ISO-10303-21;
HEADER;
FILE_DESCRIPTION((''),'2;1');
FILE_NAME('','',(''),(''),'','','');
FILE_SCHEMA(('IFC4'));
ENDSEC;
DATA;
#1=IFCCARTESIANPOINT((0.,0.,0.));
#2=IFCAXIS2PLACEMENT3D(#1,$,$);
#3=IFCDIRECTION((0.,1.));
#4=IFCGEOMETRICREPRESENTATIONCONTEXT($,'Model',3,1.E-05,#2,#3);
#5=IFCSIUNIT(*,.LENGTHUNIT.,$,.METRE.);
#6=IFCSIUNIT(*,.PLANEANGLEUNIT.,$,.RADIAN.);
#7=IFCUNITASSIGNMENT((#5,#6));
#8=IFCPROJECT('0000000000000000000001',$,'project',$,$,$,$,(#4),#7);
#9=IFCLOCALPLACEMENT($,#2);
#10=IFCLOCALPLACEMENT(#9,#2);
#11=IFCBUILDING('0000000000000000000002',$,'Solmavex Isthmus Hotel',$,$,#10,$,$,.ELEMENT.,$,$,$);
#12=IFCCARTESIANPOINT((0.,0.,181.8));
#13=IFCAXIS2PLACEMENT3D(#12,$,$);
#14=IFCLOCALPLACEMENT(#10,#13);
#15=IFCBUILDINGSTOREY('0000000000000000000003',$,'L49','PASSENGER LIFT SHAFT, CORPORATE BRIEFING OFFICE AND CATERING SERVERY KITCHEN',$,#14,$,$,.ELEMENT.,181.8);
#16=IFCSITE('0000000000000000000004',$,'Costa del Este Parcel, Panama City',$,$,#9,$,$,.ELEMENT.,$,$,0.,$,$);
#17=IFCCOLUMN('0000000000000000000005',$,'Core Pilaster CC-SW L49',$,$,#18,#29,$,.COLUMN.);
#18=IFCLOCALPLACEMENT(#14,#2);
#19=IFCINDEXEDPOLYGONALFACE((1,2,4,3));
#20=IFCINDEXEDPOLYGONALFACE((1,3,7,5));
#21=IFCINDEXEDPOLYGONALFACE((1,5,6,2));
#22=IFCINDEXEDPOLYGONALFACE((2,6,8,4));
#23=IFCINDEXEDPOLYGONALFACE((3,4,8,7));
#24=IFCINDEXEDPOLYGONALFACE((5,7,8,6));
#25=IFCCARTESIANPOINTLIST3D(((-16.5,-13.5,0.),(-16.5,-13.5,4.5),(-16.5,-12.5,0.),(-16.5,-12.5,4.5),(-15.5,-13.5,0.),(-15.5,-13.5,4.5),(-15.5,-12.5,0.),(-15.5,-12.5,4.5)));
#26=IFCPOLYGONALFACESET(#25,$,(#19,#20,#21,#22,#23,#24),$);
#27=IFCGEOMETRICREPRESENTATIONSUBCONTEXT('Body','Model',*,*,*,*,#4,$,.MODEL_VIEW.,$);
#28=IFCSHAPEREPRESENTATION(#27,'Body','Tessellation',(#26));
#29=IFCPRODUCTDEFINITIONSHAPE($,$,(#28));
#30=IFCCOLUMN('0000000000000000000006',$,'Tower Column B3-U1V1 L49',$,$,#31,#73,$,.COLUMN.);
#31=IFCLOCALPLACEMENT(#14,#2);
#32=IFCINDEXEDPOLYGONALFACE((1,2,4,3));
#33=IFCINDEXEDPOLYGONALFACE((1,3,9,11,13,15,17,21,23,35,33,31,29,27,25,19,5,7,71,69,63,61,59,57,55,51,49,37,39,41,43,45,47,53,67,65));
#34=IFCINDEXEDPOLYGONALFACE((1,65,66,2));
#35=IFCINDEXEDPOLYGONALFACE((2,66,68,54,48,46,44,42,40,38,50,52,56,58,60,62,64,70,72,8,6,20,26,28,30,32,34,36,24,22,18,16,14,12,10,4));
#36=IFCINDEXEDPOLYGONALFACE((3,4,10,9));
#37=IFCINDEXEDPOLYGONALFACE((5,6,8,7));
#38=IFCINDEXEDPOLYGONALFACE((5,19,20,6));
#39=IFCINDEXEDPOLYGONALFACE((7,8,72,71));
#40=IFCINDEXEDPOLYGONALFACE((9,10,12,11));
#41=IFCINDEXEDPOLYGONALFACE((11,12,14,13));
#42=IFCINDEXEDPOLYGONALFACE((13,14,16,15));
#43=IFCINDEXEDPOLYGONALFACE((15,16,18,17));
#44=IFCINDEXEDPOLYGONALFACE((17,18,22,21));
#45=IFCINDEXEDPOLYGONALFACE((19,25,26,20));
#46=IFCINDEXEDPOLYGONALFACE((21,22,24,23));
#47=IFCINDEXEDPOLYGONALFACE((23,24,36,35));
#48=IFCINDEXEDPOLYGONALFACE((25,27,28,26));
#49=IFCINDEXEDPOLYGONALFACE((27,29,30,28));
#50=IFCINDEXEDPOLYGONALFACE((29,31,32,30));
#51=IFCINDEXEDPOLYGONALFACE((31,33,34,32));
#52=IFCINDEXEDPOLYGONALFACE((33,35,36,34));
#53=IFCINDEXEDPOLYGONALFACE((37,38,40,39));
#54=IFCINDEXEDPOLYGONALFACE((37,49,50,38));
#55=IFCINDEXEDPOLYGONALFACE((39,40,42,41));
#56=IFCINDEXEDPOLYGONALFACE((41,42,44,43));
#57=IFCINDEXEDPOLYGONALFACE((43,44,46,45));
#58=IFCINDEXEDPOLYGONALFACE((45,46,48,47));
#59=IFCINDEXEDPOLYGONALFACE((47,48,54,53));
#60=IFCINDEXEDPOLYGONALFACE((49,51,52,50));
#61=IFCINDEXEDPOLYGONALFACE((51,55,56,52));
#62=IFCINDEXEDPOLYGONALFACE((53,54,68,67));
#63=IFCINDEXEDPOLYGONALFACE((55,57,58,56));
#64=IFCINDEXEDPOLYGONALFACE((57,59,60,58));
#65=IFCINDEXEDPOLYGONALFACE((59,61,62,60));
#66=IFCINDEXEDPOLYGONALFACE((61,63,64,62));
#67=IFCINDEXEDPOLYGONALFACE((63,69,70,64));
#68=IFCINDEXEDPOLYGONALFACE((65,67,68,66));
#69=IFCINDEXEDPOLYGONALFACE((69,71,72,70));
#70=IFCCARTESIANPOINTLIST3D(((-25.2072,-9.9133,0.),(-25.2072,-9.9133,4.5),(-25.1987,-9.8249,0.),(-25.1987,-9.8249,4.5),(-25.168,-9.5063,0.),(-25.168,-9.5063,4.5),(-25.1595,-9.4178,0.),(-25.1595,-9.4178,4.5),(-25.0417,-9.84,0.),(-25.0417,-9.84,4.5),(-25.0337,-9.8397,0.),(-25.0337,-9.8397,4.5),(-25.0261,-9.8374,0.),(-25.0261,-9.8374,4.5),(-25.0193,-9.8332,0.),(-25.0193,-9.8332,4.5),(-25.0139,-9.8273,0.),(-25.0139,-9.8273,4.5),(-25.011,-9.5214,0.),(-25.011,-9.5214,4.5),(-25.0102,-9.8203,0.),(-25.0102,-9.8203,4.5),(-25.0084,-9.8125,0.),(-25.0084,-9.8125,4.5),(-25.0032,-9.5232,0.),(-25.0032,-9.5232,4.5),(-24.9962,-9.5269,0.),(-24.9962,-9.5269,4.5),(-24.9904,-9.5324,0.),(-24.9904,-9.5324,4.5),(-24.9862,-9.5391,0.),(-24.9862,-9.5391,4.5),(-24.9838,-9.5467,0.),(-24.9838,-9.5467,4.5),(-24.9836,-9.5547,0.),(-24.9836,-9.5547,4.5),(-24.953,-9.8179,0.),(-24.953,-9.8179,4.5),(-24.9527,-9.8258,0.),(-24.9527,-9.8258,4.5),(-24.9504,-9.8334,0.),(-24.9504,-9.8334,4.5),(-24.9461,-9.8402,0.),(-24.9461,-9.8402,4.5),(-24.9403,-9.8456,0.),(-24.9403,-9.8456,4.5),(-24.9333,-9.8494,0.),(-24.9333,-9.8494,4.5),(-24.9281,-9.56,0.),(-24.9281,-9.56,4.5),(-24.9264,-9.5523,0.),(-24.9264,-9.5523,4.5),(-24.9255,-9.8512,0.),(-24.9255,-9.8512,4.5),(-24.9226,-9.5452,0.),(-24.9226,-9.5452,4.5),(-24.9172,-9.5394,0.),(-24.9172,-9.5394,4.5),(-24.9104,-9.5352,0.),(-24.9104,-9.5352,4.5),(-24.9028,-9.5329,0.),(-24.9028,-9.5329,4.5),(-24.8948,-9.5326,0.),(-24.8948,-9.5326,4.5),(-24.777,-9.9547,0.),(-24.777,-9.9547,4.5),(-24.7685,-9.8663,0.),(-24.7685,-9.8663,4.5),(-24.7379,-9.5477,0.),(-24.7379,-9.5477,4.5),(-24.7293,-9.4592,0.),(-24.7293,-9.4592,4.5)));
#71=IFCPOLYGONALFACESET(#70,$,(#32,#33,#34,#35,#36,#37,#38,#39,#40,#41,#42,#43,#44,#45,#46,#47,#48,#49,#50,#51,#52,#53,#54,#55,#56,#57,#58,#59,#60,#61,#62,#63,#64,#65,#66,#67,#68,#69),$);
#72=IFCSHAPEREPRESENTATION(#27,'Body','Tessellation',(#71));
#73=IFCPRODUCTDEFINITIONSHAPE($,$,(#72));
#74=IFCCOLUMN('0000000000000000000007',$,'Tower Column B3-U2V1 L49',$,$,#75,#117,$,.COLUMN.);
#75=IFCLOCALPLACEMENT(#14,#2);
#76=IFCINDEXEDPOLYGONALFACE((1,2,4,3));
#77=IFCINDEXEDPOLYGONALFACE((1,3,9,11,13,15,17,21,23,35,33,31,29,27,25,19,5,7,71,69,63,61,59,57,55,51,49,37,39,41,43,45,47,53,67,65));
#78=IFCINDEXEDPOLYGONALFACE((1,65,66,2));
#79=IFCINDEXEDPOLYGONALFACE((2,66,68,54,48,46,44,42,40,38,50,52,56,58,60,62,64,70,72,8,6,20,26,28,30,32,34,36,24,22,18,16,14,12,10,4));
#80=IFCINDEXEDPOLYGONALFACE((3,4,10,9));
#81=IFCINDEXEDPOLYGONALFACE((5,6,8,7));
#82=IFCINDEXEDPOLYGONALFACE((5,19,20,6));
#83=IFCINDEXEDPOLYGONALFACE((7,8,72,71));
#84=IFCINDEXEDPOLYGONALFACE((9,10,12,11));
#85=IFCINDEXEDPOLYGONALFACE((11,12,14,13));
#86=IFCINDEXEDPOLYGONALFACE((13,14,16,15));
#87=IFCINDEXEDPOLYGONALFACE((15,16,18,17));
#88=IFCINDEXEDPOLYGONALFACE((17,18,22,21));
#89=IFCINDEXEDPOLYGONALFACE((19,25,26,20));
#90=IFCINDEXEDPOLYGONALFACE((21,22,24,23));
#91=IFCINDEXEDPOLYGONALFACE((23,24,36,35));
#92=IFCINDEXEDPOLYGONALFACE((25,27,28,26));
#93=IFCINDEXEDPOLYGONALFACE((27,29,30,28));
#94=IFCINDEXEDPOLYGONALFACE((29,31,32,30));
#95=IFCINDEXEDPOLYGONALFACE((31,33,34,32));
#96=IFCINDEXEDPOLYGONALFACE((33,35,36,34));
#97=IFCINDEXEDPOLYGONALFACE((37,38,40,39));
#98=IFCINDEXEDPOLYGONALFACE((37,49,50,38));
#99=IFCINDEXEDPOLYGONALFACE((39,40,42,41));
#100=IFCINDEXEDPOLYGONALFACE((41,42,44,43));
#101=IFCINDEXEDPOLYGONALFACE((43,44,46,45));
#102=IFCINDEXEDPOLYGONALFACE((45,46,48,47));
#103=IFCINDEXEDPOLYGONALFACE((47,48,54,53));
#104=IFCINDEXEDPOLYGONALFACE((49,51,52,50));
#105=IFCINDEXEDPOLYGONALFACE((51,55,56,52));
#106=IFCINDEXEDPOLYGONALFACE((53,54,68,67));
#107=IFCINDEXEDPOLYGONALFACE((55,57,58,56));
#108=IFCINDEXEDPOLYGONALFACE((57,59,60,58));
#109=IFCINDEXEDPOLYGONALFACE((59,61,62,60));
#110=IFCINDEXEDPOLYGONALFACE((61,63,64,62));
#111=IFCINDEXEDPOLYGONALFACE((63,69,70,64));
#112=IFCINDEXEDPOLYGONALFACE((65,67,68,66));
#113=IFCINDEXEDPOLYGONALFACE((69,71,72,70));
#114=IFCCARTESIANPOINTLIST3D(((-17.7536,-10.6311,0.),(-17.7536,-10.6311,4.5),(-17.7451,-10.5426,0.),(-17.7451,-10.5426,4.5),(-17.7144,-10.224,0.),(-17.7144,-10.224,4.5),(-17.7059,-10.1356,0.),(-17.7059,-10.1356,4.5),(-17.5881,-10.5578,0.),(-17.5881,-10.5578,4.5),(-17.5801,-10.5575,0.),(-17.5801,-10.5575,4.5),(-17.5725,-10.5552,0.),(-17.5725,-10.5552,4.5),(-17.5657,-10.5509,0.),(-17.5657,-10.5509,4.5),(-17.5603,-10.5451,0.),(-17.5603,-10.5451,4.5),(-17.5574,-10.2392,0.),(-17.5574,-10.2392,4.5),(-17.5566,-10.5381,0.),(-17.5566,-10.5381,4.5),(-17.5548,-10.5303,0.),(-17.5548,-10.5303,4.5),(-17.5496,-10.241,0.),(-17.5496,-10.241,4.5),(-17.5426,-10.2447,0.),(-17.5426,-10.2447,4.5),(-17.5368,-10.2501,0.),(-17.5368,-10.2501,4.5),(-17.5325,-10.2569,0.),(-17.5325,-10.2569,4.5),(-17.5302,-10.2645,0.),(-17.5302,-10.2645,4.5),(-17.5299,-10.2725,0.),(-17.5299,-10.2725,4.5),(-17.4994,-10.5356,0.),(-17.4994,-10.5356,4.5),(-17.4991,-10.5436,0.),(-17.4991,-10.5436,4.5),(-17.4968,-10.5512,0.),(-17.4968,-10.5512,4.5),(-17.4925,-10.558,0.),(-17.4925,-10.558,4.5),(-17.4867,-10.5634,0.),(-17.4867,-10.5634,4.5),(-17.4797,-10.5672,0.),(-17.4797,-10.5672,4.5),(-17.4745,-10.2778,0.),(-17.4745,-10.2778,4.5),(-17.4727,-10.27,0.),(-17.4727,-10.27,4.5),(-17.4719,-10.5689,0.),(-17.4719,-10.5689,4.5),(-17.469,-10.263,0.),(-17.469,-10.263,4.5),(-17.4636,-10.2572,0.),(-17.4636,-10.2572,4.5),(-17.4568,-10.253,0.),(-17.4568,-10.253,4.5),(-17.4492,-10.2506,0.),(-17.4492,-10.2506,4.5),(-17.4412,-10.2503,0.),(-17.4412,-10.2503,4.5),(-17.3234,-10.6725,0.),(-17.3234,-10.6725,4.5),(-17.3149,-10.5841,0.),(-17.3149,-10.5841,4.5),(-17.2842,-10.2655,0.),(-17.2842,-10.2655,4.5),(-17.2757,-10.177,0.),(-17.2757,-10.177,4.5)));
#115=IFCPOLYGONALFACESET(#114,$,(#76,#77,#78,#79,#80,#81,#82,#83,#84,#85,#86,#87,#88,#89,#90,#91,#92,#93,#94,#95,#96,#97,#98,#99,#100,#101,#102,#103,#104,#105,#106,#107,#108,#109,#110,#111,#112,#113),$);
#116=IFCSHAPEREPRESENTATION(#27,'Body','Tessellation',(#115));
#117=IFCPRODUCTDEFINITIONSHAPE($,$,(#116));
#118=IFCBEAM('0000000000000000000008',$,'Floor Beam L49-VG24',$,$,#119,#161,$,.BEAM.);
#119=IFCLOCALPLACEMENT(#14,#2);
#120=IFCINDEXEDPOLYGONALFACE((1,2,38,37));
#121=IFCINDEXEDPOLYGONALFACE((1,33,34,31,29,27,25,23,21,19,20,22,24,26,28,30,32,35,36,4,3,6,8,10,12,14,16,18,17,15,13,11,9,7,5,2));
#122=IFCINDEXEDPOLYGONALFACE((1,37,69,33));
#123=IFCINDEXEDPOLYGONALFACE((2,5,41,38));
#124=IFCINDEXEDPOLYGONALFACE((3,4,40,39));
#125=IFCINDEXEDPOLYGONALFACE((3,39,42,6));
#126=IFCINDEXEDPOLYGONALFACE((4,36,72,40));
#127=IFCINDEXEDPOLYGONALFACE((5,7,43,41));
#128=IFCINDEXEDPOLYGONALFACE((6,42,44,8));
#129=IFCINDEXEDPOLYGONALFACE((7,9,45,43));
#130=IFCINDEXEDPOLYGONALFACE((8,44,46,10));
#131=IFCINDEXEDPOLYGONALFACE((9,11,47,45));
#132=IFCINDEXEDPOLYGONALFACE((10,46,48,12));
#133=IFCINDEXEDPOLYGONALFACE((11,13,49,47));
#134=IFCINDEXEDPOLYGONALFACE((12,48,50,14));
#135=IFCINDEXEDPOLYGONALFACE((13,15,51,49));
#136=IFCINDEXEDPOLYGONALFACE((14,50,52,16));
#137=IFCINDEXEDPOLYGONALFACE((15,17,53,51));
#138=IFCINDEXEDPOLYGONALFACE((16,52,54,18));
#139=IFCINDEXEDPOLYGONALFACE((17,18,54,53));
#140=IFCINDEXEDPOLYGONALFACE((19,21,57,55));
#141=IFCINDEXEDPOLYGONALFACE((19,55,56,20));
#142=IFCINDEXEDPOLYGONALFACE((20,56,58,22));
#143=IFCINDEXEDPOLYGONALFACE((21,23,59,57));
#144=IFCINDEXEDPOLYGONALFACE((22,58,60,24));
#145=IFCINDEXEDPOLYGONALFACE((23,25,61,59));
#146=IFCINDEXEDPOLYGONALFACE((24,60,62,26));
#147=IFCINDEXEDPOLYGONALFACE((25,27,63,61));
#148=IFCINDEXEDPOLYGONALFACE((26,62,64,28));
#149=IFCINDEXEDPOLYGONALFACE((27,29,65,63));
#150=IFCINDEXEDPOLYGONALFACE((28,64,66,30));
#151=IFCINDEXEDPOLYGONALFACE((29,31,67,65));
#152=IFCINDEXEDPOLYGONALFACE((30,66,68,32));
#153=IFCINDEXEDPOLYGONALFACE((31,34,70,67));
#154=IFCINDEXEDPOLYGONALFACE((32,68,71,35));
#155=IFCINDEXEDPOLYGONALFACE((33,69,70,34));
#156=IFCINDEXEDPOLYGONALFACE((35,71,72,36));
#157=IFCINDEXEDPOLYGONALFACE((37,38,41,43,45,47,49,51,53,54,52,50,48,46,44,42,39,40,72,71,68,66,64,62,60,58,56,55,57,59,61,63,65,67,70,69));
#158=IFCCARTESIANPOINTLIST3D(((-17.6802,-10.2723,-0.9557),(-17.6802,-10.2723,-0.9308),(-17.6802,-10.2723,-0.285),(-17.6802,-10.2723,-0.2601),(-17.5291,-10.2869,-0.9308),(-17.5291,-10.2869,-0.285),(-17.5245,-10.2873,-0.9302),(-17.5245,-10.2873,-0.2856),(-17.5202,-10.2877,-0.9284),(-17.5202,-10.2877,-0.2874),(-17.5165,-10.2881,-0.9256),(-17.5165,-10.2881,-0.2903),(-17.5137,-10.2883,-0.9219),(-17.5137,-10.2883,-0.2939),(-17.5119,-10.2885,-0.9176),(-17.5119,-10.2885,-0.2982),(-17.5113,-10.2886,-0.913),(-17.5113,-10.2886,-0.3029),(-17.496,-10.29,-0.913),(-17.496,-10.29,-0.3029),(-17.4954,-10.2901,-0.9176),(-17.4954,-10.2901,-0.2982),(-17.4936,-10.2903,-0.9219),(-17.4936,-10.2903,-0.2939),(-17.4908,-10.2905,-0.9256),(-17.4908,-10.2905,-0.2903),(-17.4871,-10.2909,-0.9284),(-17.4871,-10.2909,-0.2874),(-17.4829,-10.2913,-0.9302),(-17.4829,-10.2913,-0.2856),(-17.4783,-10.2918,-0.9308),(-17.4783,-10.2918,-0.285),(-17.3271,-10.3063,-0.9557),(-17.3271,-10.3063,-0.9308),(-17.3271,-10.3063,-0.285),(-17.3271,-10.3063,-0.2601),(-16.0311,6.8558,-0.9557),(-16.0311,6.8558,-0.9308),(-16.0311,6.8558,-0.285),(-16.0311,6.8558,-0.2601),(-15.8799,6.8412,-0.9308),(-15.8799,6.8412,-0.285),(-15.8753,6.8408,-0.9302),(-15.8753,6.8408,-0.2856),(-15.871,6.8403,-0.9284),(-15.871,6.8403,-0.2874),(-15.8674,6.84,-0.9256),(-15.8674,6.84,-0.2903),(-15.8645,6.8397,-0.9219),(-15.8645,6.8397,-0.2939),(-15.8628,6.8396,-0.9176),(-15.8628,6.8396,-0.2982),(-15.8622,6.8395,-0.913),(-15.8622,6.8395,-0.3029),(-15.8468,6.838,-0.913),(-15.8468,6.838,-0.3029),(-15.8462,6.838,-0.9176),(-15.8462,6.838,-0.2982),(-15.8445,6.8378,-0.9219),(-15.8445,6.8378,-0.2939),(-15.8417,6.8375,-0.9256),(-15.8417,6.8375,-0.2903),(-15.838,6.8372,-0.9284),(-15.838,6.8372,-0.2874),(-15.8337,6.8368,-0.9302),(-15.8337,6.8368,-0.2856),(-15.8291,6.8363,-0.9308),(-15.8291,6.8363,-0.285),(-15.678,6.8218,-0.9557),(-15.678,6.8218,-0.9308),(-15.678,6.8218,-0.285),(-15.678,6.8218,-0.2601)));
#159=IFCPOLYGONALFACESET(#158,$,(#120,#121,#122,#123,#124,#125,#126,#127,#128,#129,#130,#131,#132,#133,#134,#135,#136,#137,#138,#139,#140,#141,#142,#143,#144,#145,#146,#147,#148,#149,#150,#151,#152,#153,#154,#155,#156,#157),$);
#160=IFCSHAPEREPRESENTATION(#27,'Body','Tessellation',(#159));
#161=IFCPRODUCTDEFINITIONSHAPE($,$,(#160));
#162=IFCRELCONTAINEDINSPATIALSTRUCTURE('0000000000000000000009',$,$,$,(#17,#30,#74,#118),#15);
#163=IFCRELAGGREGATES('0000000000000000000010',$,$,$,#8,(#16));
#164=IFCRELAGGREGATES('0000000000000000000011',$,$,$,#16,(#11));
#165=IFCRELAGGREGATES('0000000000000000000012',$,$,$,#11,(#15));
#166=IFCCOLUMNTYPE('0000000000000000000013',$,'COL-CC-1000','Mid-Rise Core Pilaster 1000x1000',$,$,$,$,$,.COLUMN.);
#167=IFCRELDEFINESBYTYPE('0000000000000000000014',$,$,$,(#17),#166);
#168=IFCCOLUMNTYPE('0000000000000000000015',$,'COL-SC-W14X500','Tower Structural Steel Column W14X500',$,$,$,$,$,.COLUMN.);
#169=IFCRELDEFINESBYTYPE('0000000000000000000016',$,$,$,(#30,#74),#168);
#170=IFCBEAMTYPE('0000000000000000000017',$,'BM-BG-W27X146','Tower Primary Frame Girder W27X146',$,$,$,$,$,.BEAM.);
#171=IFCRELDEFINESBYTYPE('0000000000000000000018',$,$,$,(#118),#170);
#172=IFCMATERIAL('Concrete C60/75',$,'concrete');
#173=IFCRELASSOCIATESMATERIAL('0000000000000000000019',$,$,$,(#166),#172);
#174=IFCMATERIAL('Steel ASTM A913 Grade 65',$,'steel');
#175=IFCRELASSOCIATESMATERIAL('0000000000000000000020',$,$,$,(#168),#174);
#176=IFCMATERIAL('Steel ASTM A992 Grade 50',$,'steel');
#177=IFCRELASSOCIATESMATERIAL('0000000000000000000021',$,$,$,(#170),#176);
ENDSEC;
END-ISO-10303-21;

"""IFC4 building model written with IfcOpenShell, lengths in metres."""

from ifc_helpers import new_model, si_unit, direction, frame, origin, origin_2d, place, context, subcontext, project, spatial, rectangle, i_section, extrude, material, material_profile, profile_set, type_object, element, save


model = new_model("IFC4")

# Units and contexts
model_context = context("Model", 3, precision=1e-05, world=origin(), true_north=direction((0.0, 1.0)))
body_context = subcontext(model_context, "Body", "Model", "MODEL_VIEW")
ifc_project = project(units=[si_unit("LENGTHUNIT", "METRE"), si_unit("PLANEANGLEUNIT", "RADIAN")], contexts=[model_context])

# Site, building, storey
site_placement = place(None, origin())
site = spatial("IfcSite", under=ifc_project, at=site_placement, Name="Costa del Este Parcel, Panama City", CompositionType="ELEMENT", RefElevation=0.0)
building_placement = place(site_placement, origin())
building = spatial("IfcBuilding", under=site, at=building_placement, Name="Solmavex Isthmus Hotel", CompositionType="ELEMENT")
storey_placement = place(building_placement, frame((0.0, 0.0, 181.8)))
storey = spatial("IfcBuildingStorey", under=building, at=storey_placement, Name="L49", Description="PASSENGER LIFT SHAFT, CORPORATE BRIEFING OFFICE AND CATERING SERVERY KITCHEN", CompositionType="ELEMENT", Elevation=181.8)

# Columns
ifc_material_1 = material(Name="Concrete C60/75", Category="concrete")
ifc_material_profile_1 = material_profile(ifc_material_1, rectangle(XDim=1.0, YDim=1.0, at=origin_2d()), Name="RC1000X1000")
ifc_profile_set_1 = profile_set([ifc_material_profile_1], Name="Concrete C60/75")
column_type_1 = type_object("IfcColumnType", Name="COL-CC-1000", Description="Mid-Rise Core Pilaster 1000x1000", PredefinedType="COLUMN", material=ifc_profile_set_1)
column_placement = place(storey_placement, frame((-16.0, -13.0, 0.0), z_axis=(0.0, 0.0, 1.0), x_axis=(1.0, 0.0, 0.0)))
element("IfcColumn", 1, at=column_placement, inside=storey, type_object=column_type_1, Name="Core Pilaster CC-SW L49", PredefinedType="COLUMN", context=body_context, shape_type="SweptSolid", body=[
    extrude(rectangle(XDim=1.0, YDim=1.0, at=origin_2d()), origin(), (0.0, 0.0, 1.0), 4.5),
])
ifc_material_2 = material(Name="Steel ASTM A913 Grade 65", Category="steel")
ifc_material_profile_2 = material_profile(ifc_material_2, i_section(OverallWidth=0.4321, OverallDepth=0.4978, WebThickness=0.0557, FlangeThickness=0.0889, FilletRadius=0.0305, at=origin_2d()), Name="W14X500")
ifc_profile_set_2 = profile_set([ifc_material_profile_2], Name="Steel ASTM A913 Grade 65")
column_type_2 = type_object("IfcColumnType", Name="COL-SC-W14X500", Description="Tower Structural Steel Column W14X500", PredefinedType="COLUMN", material=ifc_profile_set_2)
for number, where, z_axis, x_axis, name in (
    (2, (-24.9683, -9.6863, 0.0), (0.0, 0.0, 1.0), (0.995396, -0.095846, 0.0), "Tower Column B3-U1V1 L49"),
    (3, (-17.5146, -10.4041, 0.0), (0.0, 0.0, 1.0), (0.995396, -0.095846, 0.0), "Tower Column B3-U2V1 L49"),
):
    element("IfcColumn", number, at=place(storey_placement, frame(where, z_axis=z_axis, x_axis=x_axis)), inside=storey, type_object=column_type_2, Name=name, PredefinedType="COLUMN", context=body_context, shape_type="SweptSolid", body=[
        extrude(i_section(OverallWidth=0.4321, OverallDepth=0.4978, WebThickness=0.0557, FlangeThickness=0.0889, FilletRadius=0.0305, at=origin_2d()), origin(), (0.0, 0.0, 1.0), 4.5),
    ])

# Beam
ifc_material_3 = material(Name="Steel ASTM A992 Grade 50", Category="steel")
ifc_material_profile_3 = material_profile(ifc_material_3, i_section(OverallWidth=0.3547, OverallDepth=0.6956, WebThickness=0.0154, FlangeThickness=0.0249, FilletRadius=0.0178, at=origin_2d()), Name="W27X146")
ifc_profile_set_3 = profile_set([ifc_material_profile_3], Name="Steel ASTM A992 Grade 50")
beam_type_1 = type_object("IfcBeamType", Name="BM-BG-W27X146", Description="Tower Primary Frame Girder W27X146", PredefinedType="BEAM", material=ifc_profile_set_3)
beam_1_placement = place(storey_placement, frame((-17.5037, -10.2893, -0.6079), z_axis=(0.095841, 0.995397, 0.0), x_axis=(-0.995397, 0.095841, 0.0)))
element("IfcBeam", 4, at=beam_1_placement, inside=storey, type_object=beam_type_1, Name="Floor Beam L49-VG24", PredefinedType="BEAM", context=body_context, shape_type="SweptSolid", body=[
    extrude(i_section(OverallWidth=0.3547, OverallDepth=0.6956, WebThickness=0.0154, FlangeThickness=0.0249, FilletRadius=0.0178, at=origin_2d()), origin(), (0.0, 0.0, 1.0), 17.2073),
])

save(model, "model.ifc")
